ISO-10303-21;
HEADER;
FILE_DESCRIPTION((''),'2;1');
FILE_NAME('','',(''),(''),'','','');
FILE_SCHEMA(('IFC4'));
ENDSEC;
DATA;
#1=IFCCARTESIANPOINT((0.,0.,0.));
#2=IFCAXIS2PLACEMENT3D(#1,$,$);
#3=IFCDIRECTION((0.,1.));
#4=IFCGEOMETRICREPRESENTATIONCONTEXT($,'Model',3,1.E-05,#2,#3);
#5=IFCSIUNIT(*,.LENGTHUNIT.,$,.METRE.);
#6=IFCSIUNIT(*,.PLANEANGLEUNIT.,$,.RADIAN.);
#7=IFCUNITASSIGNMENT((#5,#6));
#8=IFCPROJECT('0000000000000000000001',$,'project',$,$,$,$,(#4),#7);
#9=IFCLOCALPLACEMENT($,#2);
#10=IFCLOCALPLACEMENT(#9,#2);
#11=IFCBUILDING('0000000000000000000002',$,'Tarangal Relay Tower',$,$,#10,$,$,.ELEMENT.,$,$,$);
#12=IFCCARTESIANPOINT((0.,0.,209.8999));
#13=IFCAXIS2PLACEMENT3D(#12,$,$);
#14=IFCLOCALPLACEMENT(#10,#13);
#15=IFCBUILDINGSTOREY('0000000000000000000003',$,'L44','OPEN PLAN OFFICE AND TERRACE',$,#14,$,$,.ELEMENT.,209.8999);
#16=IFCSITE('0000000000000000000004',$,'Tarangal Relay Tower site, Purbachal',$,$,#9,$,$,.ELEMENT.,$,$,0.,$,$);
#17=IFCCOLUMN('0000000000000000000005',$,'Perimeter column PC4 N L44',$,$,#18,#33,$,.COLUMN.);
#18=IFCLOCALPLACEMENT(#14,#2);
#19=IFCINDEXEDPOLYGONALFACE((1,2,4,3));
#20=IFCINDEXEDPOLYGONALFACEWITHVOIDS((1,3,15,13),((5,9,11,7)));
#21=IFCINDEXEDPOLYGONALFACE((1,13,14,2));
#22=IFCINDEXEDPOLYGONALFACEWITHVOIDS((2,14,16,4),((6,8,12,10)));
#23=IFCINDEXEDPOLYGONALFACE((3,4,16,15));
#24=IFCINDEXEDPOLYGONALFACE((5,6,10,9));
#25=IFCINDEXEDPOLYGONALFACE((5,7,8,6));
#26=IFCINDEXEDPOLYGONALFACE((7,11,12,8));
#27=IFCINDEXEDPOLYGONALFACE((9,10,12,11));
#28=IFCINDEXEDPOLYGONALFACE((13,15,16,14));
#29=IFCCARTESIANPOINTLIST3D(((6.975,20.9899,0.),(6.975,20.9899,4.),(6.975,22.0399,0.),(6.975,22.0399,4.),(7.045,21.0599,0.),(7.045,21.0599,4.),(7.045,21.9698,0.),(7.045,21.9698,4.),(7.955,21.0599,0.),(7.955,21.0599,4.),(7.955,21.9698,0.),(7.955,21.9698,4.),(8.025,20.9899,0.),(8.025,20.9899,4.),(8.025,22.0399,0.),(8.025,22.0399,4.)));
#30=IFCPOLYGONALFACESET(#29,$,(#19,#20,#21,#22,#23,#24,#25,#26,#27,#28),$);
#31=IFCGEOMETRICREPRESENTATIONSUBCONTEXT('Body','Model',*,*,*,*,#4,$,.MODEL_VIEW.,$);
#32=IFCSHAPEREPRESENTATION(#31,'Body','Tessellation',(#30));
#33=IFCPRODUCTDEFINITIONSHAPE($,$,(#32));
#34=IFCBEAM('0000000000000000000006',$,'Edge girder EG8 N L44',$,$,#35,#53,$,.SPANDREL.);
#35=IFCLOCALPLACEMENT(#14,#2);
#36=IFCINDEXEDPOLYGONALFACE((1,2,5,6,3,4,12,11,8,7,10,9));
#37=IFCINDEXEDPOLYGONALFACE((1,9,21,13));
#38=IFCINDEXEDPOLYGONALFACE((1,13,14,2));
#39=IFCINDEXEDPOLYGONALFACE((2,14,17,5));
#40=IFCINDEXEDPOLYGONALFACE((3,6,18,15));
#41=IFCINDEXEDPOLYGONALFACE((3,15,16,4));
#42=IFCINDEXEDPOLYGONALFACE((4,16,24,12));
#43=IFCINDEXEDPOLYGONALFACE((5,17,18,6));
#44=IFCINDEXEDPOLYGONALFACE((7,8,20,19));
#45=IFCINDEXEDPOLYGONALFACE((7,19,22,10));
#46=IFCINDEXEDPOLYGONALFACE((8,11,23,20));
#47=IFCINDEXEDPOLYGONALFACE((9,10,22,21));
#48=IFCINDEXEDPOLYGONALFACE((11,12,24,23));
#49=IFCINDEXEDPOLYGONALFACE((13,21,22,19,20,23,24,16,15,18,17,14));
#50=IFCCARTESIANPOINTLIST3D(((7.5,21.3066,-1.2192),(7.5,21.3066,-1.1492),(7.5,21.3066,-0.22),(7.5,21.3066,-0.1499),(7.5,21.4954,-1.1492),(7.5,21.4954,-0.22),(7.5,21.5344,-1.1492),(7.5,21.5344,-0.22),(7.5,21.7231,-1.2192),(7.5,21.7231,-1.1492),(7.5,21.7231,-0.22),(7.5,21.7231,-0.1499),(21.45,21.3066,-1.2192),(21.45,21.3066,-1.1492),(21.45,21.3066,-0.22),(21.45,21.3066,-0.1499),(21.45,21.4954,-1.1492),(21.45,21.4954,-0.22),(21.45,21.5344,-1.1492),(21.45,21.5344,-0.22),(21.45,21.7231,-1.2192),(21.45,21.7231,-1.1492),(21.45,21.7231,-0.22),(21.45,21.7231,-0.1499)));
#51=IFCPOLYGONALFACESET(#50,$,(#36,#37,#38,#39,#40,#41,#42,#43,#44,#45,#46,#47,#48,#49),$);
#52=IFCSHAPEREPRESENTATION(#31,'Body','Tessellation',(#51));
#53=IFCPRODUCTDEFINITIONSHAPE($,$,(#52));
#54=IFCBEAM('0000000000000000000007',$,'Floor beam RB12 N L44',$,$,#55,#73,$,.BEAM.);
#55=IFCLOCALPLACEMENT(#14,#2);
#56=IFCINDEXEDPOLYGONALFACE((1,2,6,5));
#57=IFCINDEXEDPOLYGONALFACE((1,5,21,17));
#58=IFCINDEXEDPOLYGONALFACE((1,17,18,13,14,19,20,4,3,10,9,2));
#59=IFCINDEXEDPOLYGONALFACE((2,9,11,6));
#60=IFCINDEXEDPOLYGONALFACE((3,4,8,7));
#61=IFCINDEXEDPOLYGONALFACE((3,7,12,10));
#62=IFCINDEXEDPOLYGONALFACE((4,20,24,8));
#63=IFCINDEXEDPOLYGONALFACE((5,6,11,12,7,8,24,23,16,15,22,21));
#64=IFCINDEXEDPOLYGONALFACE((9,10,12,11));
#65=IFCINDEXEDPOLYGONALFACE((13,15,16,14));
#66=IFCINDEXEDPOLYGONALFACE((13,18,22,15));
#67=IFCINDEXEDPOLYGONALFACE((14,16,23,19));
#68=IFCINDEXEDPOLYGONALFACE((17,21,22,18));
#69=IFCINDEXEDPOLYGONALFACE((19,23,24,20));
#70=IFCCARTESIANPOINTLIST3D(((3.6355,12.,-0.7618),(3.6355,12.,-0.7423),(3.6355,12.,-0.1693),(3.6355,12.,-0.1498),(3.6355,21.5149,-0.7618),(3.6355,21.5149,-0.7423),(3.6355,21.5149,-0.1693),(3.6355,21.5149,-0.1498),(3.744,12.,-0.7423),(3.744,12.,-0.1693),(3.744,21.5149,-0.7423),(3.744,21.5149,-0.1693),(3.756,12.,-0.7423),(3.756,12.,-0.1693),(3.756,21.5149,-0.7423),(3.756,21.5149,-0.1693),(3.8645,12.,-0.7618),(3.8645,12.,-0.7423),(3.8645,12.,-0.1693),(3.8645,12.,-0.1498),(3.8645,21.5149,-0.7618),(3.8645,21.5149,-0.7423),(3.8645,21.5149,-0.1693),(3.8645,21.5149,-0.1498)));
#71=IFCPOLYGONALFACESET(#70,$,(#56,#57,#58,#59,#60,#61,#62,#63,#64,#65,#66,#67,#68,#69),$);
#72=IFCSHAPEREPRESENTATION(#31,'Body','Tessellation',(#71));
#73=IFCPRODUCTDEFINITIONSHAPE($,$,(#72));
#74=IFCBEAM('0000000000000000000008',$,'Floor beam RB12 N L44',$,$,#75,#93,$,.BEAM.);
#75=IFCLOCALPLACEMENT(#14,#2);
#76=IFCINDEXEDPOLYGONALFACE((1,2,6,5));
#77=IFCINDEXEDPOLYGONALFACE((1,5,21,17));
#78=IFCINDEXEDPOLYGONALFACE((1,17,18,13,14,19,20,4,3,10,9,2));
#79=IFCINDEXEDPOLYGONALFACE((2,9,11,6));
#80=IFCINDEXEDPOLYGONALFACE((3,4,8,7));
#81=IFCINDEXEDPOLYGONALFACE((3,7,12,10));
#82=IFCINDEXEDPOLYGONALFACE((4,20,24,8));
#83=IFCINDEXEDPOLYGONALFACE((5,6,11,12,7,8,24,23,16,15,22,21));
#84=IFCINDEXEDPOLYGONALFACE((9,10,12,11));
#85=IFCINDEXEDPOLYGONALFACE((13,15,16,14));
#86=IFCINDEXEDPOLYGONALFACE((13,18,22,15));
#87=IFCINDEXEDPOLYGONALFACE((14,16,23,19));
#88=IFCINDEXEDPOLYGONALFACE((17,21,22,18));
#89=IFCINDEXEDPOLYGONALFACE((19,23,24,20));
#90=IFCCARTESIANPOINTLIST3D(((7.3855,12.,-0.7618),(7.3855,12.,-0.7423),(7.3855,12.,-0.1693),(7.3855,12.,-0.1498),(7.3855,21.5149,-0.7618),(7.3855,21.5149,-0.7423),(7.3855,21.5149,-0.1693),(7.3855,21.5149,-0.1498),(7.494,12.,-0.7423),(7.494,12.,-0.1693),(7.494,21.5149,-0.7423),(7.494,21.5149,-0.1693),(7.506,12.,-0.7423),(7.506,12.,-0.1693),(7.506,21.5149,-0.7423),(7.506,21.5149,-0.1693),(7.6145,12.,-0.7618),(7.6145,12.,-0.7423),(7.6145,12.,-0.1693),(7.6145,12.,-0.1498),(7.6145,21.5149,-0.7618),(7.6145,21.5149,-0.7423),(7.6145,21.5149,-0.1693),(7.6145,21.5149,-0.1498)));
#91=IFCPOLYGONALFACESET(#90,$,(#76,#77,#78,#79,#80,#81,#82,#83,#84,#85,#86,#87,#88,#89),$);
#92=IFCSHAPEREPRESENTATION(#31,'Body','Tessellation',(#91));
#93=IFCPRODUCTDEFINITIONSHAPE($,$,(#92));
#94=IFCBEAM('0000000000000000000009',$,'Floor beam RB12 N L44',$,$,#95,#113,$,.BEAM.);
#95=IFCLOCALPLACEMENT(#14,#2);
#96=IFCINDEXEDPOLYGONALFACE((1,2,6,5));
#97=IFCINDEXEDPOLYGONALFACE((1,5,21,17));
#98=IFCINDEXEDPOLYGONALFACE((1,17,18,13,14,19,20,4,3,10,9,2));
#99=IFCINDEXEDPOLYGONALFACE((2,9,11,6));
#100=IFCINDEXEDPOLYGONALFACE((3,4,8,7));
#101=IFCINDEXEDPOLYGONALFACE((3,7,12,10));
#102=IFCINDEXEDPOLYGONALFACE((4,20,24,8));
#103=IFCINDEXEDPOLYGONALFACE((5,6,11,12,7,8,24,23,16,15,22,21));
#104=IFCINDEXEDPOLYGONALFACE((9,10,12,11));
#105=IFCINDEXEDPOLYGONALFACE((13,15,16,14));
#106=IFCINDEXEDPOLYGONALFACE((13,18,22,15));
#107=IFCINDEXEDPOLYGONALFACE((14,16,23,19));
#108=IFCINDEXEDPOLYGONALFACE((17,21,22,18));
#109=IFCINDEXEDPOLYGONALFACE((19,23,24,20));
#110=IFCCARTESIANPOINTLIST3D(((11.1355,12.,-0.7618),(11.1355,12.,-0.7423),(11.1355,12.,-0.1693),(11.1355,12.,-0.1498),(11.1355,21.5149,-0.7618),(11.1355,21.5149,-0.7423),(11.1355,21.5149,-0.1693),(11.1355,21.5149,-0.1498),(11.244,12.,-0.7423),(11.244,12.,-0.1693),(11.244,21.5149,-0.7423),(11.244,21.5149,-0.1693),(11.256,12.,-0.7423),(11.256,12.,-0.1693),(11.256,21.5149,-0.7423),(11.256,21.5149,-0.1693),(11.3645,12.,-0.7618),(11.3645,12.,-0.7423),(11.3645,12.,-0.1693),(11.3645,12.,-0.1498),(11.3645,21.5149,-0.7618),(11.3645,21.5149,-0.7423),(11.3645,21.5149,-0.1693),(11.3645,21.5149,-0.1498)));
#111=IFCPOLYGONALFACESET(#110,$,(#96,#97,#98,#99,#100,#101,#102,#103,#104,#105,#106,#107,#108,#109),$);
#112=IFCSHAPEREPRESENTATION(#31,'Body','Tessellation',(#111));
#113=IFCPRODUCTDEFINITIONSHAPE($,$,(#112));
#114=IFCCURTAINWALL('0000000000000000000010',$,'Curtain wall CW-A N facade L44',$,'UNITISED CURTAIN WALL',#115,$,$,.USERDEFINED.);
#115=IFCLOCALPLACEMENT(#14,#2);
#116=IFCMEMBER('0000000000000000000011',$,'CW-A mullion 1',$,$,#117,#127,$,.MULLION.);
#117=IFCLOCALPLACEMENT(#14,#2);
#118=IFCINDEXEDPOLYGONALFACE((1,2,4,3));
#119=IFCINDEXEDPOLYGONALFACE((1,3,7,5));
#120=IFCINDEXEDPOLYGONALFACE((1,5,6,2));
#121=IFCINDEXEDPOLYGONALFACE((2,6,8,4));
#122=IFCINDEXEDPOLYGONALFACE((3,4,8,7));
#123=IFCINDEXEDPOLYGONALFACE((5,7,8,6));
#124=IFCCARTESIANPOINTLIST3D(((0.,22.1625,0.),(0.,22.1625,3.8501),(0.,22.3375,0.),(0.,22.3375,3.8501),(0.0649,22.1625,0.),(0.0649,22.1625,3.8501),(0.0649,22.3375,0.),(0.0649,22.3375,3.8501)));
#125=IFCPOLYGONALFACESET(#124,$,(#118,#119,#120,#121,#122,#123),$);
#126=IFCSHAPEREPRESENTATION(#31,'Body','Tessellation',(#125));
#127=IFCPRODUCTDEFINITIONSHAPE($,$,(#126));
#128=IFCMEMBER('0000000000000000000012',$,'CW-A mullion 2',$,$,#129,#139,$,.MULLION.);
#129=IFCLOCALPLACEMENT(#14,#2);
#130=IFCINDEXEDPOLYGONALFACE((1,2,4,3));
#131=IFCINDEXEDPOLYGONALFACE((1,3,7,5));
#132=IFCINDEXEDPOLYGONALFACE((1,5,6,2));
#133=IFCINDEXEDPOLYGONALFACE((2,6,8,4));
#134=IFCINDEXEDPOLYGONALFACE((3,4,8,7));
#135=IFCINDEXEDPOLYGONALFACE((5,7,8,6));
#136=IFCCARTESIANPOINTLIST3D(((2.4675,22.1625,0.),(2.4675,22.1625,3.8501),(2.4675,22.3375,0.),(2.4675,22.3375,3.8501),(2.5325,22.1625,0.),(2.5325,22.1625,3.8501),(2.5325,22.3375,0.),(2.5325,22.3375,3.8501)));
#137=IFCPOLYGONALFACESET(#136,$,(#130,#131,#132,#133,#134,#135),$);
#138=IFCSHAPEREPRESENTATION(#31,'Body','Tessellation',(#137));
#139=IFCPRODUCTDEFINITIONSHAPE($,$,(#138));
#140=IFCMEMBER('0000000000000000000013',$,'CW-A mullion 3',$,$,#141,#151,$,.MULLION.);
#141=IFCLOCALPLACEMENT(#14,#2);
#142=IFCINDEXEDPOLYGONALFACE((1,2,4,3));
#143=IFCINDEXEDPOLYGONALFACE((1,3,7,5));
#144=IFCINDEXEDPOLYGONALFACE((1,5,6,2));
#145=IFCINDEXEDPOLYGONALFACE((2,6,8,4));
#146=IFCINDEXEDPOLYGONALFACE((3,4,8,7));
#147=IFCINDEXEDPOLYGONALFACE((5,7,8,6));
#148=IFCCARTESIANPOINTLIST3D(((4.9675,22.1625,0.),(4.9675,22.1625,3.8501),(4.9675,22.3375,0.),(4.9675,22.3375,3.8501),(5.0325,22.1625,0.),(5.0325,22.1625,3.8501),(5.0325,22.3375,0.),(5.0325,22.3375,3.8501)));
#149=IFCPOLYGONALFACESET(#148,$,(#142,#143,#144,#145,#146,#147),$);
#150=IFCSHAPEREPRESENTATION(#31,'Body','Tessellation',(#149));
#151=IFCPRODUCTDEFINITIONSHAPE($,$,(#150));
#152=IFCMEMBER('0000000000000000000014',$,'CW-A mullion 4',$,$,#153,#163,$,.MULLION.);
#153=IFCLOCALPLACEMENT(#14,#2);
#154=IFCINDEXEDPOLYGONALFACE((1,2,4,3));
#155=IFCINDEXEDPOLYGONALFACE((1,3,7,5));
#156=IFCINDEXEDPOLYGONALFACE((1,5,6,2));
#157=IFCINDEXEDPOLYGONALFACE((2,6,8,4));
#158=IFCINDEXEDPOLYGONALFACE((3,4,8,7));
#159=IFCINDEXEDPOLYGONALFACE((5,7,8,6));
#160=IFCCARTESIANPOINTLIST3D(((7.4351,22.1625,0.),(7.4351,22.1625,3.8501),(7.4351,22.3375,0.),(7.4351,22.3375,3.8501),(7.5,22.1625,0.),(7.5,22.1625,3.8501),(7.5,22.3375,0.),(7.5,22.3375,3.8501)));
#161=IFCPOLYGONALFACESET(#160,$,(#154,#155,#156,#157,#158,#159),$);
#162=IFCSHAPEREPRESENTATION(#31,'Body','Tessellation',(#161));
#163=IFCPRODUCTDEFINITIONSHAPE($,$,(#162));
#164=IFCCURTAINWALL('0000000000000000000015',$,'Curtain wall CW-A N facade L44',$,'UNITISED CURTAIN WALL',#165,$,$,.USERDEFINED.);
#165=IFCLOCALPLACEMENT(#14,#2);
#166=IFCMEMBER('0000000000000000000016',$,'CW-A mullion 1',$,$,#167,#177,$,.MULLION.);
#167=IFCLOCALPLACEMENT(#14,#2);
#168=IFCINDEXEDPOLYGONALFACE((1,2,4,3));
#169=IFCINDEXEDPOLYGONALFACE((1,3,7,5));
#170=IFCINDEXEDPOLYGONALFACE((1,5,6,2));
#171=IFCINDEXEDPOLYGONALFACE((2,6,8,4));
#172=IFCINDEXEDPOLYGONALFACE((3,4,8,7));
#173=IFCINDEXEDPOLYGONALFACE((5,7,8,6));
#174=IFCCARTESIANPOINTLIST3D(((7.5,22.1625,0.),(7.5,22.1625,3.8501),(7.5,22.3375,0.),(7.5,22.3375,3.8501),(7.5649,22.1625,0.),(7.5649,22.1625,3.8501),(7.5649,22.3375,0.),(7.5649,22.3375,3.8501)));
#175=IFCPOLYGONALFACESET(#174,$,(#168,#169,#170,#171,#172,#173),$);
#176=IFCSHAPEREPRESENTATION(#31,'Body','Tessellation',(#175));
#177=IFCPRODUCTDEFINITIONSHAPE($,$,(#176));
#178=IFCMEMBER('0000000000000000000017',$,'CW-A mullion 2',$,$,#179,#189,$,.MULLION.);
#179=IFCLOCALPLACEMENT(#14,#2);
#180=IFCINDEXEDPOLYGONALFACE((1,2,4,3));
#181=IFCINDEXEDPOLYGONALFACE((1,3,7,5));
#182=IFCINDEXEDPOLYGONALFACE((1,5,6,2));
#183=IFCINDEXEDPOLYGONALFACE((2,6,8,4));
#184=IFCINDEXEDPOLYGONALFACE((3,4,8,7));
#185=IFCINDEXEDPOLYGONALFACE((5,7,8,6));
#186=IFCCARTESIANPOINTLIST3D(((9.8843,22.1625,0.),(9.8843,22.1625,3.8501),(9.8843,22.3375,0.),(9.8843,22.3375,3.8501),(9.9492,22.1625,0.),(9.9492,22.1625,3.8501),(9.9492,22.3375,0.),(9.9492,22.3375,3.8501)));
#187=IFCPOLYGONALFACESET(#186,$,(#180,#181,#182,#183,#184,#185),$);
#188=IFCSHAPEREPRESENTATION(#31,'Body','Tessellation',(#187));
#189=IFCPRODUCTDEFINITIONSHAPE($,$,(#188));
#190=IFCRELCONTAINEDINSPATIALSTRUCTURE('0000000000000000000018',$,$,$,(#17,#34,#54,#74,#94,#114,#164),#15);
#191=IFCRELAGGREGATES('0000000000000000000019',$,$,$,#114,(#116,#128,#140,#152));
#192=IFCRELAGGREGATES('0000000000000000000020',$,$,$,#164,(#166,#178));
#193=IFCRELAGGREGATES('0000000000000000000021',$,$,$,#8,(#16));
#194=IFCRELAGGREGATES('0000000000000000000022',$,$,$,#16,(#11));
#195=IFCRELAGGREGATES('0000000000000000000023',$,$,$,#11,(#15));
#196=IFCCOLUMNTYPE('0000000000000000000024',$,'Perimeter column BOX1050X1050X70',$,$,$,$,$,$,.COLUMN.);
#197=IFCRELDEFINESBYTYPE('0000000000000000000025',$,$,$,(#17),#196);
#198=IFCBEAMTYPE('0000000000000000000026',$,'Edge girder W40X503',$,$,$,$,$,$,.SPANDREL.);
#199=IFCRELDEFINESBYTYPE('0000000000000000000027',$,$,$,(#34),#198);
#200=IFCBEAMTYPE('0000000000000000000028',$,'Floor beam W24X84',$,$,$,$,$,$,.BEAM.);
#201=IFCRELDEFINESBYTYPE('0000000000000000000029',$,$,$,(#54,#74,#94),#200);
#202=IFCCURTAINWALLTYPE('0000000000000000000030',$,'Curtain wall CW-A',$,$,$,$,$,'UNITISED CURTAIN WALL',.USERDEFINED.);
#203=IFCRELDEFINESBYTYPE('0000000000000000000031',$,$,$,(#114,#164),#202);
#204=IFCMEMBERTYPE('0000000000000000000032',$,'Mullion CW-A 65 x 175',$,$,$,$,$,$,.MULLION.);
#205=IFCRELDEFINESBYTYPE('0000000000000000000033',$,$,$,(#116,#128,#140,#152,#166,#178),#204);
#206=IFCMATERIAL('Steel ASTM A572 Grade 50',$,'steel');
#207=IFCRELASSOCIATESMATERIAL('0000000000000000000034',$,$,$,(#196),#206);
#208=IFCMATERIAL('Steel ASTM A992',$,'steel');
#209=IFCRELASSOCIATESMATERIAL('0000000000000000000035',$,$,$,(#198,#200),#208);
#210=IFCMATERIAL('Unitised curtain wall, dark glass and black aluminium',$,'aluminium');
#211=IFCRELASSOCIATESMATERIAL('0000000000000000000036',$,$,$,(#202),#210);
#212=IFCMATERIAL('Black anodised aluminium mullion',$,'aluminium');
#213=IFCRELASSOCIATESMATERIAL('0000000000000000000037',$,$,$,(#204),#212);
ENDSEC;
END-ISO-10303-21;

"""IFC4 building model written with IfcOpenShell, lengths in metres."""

from ifc_helpers import new_model, si_unit, direction, frame, origin, origin_2d, place, context, subcontext, project, spatial, rectangle, hollow_rectangle, i_section, extrude, material, material_profile, profile_set, type_object, element, aggregate, save


model = new_model("IFC4")

# Units and contexts
model_context = context("Model", 3, precision=1e-05, world=origin(), true_north=direction((0.0, 1.0)))
body_context = subcontext(model_context, "Body", "Model", "MODEL_VIEW")
ifc_project = project(units=[si_unit("LENGTHUNIT", "METRE"), si_unit("PLANEANGLEUNIT", "RADIAN")], contexts=[model_context])

# Site, building, storey
site_placement = place(None, origin())
site = spatial("IfcSite", under=ifc_project, at=site_placement, Name="Tarangal Relay Tower site, Purbachal", CompositionType="ELEMENT", RefElevation=0.0)
building_placement = place(site_placement, origin())
building = spatial("IfcBuilding", under=site, at=building_placement, Name="Tarangal Relay Tower", CompositionType="ELEMENT")
storey_placement = place(building_placement, frame((0.0, 0.0, 209.8999)))
storey = spatial("IfcBuildingStorey", under=building, at=storey_placement, Name="L44", Description="OPEN PLAN OFFICE AND TERRACE", CompositionType="ELEMENT", Elevation=209.8999)

# Column
ifc_material_1 = material(Name="Steel ASTM A572 Grade 50", Category="steel")
ifc_material_profile_1 = material_profile(ifc_material_1, hollow_rectangle(XDim=1.05, YDim=1.05, WallThickness=0.0701, at=origin_2d()), Name="BOX1050X1050X70")
ifc_profile_set_1 = profile_set([ifc_material_profile_1], Name="Steel ASTM A572 Grade 50")
column_type = type_object("IfcColumnType", Name="Perimeter column BOX1050X1050X70", PredefinedType="COLUMN", material=ifc_profile_set_1)
column_placement = place(storey_placement, frame((7.5, 21.5149, 0.0), z_axis=(0.0, 0.0, 1.0), x_axis=(1.0, 0.0, 0.0)))
element("IfcColumn", 1, at=column_placement, inside=storey, type_object=column_type, Name="Perimeter column PC4 N L44", PredefinedType="COLUMN", context=body_context, shape_type="SweptSolid", body=[
    extrude(hollow_rectangle(XDim=1.05, YDim=1.05, WallThickness=0.0701, at=origin_2d()), origin(), (0.0, 0.0, 1.0), 4.0),
])

# Beams
ifc_material_2 = material(Name="Steel ASTM A992", Category="steel")
ifc_material_profile_2 = material_profile(ifc_material_2, i_section(OverallWidth=0.4165, OverallDepth=1.0693, WebThickness=0.0391, FlangeThickness=0.0701, at=origin_2d()), Name="W40X503")
ifc_profile_set_2 = profile_set([ifc_material_profile_2], Name="Steel ASTM A992")
beam_type_1 = type_object("IfcBeamType", Name="Edge girder W40X503", PredefinedType="SPANDREL", material=ifc_profile_set_2)
beam_placement = place(storey_placement, frame((7.5, 21.5149, -0.6846), z_axis=(1.0, 0.0, 0.0), x_axis=(0.0, 1.0, 0.0)))
element("IfcBeam", 2, at=beam_placement, inside=storey, type_object=beam_type_1, Name="Edge girder EG8 N L44", PredefinedType="SPANDREL", context=body_context, shape_type="SweptSolid", body=[
    extrude(i_section(OverallWidth=0.4165, OverallDepth=1.0693, WebThickness=0.0391, FlangeThickness=0.0701, at=origin_2d()), origin(), (0.0, 0.0, 1.0), 13.95),
])
ifc_material_profile_3 = material_profile(ifc_material_2, i_section(OverallWidth=0.229, OverallDepth=0.6121, WebThickness=0.012, FlangeThickness=0.0195, at=origin_2d()), Name="W24X84")
ifc_profile_set_3 = profile_set([ifc_material_profile_3], Name="Steel ASTM A992")
beam_type_2 = type_object("IfcBeamType", Name="Floor beam W24X84", PredefinedType="BEAM", material=ifc_profile_set_3)
for number, where, z_axis, x_axis, name in (
    (3, (3.75, 12.0, -0.4558), (0.0, 1.0, 0.0), (-1.0, 0.0, 0.0), "Floor beam RB12 N L44"),
    (4, (7.5, 12.0, -0.4558), (0.0, 1.0, 0.0), (-1.0, 0.0, 0.0), "Floor beam RB12 N L44"),
    (5, (11.25, 12.0, -0.4558), (0.0, 1.0, 0.0), (-1.0, 0.0, 0.0), "Floor beam RB12 N L44"),
):
    element("IfcBeam", number, at=place(storey_placement, frame(where, z_axis=z_axis, x_axis=x_axis)), inside=storey, type_object=beam_type_2, Name=name, PredefinedType="BEAM", context=body_context, shape_type="SweptSolid", body=[
        extrude(i_section(OverallWidth=0.229, OverallDepth=0.6121, WebThickness=0.012, FlangeThickness=0.0195, at=origin_2d()), origin(), (0.0, 0.0, 1.0), 9.5149),
    ])

# Curtain walls, members
ifc_material_3 = material(Name="Unitised curtain wall, dark glass and black aluminium", Category="aluminium")
curtain_wall_type = type_object("IfcCurtainWallType", Name="Curtain wall CW-A", ElementType="UNITISED CURTAIN WALL", PredefinedType="USERDEFINED", material=ifc_material_3)
curtain_wall_1_placement = place(storey_placement, origin())
curtain_wall_1 = element("IfcCurtainWall", 6, at=curtain_wall_1_placement, inside=storey, type_object=curtain_wall_type, Name="Curtain wall CW-A N facade L44", ObjectType="UNITISED CURTAIN WALL", PredefinedType="USERDEFINED")
ifc_material_4 = material(Name="Black anodised aluminium mullion", Category="aluminium")
ifc_material_profile_4 = material_profile(ifc_material_4, rectangle(XDim=0.175, YDim=0.0649, at=origin_2d()), Name="CW-AM 65X175")
ifc_profile_set_4 = profile_set([ifc_material_profile_4], Name="Black anodised aluminium mullion")
member_type_1 = type_object("IfcMemberType", Name="Mullion CW-A 65 x 175", PredefinedType="MULLION", material=ifc_profile_set_4)
member_1_placement = place(storey_placement, frame((0.0325, 22.25, 0.0), z_axis=(0.0, 0.0, 1.0), x_axis=(0.0, 1.0, 0.0)))
member_1 = element("IfcMember", 7, at=member_1_placement, type_object=member_type_1, Name="CW-A mullion 1", PredefinedType="MULLION", context=body_context, shape_type="SweptSolid", body=[
    extrude(rectangle(XDim=0.175, YDim=0.0649, at=origin_2d()), origin(), (0.0, 0.0, 1.0), 3.8501),
])
member_2_placement = place(storey_placement, frame((2.5, 22.25, 0.0), z_axis=(0.0, 0.0, 1.0), x_axis=(0.0, 1.0, 0.0)))
member_2 = element("IfcMember", 8, at=member_2_placement, type_object=member_type_1, Name="CW-A mullion 2", PredefinedType="MULLION", context=body_context, shape_type="SweptSolid", body=[
    extrude(rectangle(XDim=0.175, YDim=0.0649, at=origin_2d()), origin(), (0.0, 0.0, 1.0), 3.8501),
])
member_3_placement = place(storey_placement, frame((5.0, 22.25, 0.0), z_axis=(0.0, 0.0, 1.0), x_axis=(0.0, 1.0, 0.0)))
member_3 = element("IfcMember", 9, at=member_3_placement, type_object=member_type_1, Name="CW-A mullion 3", PredefinedType="MULLION", context=body_context, shape_type="SweptSolid", body=[
    extrude(rectangle(XDim=0.175, YDim=0.0649, at=origin_2d()), origin(), (0.0, 0.0, 1.0), 3.8501),
])
member_4_placement = place(storey_placement, frame((7.4675, 22.25, 0.0), z_axis=(0.0, 0.0, 1.0), x_axis=(0.0, 1.0, 0.0)))
member_4 = element("IfcMember", 10, at=member_4_placement, type_object=member_type_1, Name="CW-A mullion 4", PredefinedType="MULLION", context=body_context, shape_type="SweptSolid", body=[
    extrude(rectangle(XDim=0.175, YDim=0.0649, at=origin_2d()), origin(), (0.0, 0.0, 1.0), 3.8501),
])
curtain_wall_2_placement = place(storey_placement, origin())
curtain_wall_2 = element("IfcCurtainWall", 11, at=curtain_wall_2_placement, inside=storey, type_object=curtain_wall_type, Name="Curtain wall CW-A N facade L44", ObjectType="UNITISED CURTAIN WALL", PredefinedType="USERDEFINED")
member_5_placement = place(storey_placement, frame((7.5325, 22.25, 0.0), z_axis=(0.0, 0.0, 1.0), x_axis=(0.0, 1.0, 0.0)))
member_5 = element("IfcMember", 12, at=member_5_placement, type_object=member_type_1, Name="CW-A mullion 1", PredefinedType="MULLION", context=body_context, shape_type="SweptSolid", body=[
    extrude(rectangle(XDim=0.175, YDim=0.0649, at=origin_2d()), origin(), (0.0, 0.0, 1.0), 3.8501),
])
member_6_placement = place(storey_placement, frame((9.9167, 22.25, 0.0), z_axis=(0.0, 0.0, 1.0), x_axis=(0.0, 1.0, 0.0)))
member_6 = element("IfcMember", 13, at=member_6_placement, type_object=member_type_1, Name="CW-A mullion 2", PredefinedType="MULLION", context=body_context, shape_type="SweptSolid", body=[
    extrude(rectangle(XDim=0.175, YDim=0.0649, at=origin_2d()), origin(), (0.0, 0.0, 1.0), 3.8501),
])

aggregate(curtain_wall_1, [member_1, member_2, member_3, member_4])
aggregate(curtain_wall_2, [member_5, member_6])

save(model, "model.ifc")
